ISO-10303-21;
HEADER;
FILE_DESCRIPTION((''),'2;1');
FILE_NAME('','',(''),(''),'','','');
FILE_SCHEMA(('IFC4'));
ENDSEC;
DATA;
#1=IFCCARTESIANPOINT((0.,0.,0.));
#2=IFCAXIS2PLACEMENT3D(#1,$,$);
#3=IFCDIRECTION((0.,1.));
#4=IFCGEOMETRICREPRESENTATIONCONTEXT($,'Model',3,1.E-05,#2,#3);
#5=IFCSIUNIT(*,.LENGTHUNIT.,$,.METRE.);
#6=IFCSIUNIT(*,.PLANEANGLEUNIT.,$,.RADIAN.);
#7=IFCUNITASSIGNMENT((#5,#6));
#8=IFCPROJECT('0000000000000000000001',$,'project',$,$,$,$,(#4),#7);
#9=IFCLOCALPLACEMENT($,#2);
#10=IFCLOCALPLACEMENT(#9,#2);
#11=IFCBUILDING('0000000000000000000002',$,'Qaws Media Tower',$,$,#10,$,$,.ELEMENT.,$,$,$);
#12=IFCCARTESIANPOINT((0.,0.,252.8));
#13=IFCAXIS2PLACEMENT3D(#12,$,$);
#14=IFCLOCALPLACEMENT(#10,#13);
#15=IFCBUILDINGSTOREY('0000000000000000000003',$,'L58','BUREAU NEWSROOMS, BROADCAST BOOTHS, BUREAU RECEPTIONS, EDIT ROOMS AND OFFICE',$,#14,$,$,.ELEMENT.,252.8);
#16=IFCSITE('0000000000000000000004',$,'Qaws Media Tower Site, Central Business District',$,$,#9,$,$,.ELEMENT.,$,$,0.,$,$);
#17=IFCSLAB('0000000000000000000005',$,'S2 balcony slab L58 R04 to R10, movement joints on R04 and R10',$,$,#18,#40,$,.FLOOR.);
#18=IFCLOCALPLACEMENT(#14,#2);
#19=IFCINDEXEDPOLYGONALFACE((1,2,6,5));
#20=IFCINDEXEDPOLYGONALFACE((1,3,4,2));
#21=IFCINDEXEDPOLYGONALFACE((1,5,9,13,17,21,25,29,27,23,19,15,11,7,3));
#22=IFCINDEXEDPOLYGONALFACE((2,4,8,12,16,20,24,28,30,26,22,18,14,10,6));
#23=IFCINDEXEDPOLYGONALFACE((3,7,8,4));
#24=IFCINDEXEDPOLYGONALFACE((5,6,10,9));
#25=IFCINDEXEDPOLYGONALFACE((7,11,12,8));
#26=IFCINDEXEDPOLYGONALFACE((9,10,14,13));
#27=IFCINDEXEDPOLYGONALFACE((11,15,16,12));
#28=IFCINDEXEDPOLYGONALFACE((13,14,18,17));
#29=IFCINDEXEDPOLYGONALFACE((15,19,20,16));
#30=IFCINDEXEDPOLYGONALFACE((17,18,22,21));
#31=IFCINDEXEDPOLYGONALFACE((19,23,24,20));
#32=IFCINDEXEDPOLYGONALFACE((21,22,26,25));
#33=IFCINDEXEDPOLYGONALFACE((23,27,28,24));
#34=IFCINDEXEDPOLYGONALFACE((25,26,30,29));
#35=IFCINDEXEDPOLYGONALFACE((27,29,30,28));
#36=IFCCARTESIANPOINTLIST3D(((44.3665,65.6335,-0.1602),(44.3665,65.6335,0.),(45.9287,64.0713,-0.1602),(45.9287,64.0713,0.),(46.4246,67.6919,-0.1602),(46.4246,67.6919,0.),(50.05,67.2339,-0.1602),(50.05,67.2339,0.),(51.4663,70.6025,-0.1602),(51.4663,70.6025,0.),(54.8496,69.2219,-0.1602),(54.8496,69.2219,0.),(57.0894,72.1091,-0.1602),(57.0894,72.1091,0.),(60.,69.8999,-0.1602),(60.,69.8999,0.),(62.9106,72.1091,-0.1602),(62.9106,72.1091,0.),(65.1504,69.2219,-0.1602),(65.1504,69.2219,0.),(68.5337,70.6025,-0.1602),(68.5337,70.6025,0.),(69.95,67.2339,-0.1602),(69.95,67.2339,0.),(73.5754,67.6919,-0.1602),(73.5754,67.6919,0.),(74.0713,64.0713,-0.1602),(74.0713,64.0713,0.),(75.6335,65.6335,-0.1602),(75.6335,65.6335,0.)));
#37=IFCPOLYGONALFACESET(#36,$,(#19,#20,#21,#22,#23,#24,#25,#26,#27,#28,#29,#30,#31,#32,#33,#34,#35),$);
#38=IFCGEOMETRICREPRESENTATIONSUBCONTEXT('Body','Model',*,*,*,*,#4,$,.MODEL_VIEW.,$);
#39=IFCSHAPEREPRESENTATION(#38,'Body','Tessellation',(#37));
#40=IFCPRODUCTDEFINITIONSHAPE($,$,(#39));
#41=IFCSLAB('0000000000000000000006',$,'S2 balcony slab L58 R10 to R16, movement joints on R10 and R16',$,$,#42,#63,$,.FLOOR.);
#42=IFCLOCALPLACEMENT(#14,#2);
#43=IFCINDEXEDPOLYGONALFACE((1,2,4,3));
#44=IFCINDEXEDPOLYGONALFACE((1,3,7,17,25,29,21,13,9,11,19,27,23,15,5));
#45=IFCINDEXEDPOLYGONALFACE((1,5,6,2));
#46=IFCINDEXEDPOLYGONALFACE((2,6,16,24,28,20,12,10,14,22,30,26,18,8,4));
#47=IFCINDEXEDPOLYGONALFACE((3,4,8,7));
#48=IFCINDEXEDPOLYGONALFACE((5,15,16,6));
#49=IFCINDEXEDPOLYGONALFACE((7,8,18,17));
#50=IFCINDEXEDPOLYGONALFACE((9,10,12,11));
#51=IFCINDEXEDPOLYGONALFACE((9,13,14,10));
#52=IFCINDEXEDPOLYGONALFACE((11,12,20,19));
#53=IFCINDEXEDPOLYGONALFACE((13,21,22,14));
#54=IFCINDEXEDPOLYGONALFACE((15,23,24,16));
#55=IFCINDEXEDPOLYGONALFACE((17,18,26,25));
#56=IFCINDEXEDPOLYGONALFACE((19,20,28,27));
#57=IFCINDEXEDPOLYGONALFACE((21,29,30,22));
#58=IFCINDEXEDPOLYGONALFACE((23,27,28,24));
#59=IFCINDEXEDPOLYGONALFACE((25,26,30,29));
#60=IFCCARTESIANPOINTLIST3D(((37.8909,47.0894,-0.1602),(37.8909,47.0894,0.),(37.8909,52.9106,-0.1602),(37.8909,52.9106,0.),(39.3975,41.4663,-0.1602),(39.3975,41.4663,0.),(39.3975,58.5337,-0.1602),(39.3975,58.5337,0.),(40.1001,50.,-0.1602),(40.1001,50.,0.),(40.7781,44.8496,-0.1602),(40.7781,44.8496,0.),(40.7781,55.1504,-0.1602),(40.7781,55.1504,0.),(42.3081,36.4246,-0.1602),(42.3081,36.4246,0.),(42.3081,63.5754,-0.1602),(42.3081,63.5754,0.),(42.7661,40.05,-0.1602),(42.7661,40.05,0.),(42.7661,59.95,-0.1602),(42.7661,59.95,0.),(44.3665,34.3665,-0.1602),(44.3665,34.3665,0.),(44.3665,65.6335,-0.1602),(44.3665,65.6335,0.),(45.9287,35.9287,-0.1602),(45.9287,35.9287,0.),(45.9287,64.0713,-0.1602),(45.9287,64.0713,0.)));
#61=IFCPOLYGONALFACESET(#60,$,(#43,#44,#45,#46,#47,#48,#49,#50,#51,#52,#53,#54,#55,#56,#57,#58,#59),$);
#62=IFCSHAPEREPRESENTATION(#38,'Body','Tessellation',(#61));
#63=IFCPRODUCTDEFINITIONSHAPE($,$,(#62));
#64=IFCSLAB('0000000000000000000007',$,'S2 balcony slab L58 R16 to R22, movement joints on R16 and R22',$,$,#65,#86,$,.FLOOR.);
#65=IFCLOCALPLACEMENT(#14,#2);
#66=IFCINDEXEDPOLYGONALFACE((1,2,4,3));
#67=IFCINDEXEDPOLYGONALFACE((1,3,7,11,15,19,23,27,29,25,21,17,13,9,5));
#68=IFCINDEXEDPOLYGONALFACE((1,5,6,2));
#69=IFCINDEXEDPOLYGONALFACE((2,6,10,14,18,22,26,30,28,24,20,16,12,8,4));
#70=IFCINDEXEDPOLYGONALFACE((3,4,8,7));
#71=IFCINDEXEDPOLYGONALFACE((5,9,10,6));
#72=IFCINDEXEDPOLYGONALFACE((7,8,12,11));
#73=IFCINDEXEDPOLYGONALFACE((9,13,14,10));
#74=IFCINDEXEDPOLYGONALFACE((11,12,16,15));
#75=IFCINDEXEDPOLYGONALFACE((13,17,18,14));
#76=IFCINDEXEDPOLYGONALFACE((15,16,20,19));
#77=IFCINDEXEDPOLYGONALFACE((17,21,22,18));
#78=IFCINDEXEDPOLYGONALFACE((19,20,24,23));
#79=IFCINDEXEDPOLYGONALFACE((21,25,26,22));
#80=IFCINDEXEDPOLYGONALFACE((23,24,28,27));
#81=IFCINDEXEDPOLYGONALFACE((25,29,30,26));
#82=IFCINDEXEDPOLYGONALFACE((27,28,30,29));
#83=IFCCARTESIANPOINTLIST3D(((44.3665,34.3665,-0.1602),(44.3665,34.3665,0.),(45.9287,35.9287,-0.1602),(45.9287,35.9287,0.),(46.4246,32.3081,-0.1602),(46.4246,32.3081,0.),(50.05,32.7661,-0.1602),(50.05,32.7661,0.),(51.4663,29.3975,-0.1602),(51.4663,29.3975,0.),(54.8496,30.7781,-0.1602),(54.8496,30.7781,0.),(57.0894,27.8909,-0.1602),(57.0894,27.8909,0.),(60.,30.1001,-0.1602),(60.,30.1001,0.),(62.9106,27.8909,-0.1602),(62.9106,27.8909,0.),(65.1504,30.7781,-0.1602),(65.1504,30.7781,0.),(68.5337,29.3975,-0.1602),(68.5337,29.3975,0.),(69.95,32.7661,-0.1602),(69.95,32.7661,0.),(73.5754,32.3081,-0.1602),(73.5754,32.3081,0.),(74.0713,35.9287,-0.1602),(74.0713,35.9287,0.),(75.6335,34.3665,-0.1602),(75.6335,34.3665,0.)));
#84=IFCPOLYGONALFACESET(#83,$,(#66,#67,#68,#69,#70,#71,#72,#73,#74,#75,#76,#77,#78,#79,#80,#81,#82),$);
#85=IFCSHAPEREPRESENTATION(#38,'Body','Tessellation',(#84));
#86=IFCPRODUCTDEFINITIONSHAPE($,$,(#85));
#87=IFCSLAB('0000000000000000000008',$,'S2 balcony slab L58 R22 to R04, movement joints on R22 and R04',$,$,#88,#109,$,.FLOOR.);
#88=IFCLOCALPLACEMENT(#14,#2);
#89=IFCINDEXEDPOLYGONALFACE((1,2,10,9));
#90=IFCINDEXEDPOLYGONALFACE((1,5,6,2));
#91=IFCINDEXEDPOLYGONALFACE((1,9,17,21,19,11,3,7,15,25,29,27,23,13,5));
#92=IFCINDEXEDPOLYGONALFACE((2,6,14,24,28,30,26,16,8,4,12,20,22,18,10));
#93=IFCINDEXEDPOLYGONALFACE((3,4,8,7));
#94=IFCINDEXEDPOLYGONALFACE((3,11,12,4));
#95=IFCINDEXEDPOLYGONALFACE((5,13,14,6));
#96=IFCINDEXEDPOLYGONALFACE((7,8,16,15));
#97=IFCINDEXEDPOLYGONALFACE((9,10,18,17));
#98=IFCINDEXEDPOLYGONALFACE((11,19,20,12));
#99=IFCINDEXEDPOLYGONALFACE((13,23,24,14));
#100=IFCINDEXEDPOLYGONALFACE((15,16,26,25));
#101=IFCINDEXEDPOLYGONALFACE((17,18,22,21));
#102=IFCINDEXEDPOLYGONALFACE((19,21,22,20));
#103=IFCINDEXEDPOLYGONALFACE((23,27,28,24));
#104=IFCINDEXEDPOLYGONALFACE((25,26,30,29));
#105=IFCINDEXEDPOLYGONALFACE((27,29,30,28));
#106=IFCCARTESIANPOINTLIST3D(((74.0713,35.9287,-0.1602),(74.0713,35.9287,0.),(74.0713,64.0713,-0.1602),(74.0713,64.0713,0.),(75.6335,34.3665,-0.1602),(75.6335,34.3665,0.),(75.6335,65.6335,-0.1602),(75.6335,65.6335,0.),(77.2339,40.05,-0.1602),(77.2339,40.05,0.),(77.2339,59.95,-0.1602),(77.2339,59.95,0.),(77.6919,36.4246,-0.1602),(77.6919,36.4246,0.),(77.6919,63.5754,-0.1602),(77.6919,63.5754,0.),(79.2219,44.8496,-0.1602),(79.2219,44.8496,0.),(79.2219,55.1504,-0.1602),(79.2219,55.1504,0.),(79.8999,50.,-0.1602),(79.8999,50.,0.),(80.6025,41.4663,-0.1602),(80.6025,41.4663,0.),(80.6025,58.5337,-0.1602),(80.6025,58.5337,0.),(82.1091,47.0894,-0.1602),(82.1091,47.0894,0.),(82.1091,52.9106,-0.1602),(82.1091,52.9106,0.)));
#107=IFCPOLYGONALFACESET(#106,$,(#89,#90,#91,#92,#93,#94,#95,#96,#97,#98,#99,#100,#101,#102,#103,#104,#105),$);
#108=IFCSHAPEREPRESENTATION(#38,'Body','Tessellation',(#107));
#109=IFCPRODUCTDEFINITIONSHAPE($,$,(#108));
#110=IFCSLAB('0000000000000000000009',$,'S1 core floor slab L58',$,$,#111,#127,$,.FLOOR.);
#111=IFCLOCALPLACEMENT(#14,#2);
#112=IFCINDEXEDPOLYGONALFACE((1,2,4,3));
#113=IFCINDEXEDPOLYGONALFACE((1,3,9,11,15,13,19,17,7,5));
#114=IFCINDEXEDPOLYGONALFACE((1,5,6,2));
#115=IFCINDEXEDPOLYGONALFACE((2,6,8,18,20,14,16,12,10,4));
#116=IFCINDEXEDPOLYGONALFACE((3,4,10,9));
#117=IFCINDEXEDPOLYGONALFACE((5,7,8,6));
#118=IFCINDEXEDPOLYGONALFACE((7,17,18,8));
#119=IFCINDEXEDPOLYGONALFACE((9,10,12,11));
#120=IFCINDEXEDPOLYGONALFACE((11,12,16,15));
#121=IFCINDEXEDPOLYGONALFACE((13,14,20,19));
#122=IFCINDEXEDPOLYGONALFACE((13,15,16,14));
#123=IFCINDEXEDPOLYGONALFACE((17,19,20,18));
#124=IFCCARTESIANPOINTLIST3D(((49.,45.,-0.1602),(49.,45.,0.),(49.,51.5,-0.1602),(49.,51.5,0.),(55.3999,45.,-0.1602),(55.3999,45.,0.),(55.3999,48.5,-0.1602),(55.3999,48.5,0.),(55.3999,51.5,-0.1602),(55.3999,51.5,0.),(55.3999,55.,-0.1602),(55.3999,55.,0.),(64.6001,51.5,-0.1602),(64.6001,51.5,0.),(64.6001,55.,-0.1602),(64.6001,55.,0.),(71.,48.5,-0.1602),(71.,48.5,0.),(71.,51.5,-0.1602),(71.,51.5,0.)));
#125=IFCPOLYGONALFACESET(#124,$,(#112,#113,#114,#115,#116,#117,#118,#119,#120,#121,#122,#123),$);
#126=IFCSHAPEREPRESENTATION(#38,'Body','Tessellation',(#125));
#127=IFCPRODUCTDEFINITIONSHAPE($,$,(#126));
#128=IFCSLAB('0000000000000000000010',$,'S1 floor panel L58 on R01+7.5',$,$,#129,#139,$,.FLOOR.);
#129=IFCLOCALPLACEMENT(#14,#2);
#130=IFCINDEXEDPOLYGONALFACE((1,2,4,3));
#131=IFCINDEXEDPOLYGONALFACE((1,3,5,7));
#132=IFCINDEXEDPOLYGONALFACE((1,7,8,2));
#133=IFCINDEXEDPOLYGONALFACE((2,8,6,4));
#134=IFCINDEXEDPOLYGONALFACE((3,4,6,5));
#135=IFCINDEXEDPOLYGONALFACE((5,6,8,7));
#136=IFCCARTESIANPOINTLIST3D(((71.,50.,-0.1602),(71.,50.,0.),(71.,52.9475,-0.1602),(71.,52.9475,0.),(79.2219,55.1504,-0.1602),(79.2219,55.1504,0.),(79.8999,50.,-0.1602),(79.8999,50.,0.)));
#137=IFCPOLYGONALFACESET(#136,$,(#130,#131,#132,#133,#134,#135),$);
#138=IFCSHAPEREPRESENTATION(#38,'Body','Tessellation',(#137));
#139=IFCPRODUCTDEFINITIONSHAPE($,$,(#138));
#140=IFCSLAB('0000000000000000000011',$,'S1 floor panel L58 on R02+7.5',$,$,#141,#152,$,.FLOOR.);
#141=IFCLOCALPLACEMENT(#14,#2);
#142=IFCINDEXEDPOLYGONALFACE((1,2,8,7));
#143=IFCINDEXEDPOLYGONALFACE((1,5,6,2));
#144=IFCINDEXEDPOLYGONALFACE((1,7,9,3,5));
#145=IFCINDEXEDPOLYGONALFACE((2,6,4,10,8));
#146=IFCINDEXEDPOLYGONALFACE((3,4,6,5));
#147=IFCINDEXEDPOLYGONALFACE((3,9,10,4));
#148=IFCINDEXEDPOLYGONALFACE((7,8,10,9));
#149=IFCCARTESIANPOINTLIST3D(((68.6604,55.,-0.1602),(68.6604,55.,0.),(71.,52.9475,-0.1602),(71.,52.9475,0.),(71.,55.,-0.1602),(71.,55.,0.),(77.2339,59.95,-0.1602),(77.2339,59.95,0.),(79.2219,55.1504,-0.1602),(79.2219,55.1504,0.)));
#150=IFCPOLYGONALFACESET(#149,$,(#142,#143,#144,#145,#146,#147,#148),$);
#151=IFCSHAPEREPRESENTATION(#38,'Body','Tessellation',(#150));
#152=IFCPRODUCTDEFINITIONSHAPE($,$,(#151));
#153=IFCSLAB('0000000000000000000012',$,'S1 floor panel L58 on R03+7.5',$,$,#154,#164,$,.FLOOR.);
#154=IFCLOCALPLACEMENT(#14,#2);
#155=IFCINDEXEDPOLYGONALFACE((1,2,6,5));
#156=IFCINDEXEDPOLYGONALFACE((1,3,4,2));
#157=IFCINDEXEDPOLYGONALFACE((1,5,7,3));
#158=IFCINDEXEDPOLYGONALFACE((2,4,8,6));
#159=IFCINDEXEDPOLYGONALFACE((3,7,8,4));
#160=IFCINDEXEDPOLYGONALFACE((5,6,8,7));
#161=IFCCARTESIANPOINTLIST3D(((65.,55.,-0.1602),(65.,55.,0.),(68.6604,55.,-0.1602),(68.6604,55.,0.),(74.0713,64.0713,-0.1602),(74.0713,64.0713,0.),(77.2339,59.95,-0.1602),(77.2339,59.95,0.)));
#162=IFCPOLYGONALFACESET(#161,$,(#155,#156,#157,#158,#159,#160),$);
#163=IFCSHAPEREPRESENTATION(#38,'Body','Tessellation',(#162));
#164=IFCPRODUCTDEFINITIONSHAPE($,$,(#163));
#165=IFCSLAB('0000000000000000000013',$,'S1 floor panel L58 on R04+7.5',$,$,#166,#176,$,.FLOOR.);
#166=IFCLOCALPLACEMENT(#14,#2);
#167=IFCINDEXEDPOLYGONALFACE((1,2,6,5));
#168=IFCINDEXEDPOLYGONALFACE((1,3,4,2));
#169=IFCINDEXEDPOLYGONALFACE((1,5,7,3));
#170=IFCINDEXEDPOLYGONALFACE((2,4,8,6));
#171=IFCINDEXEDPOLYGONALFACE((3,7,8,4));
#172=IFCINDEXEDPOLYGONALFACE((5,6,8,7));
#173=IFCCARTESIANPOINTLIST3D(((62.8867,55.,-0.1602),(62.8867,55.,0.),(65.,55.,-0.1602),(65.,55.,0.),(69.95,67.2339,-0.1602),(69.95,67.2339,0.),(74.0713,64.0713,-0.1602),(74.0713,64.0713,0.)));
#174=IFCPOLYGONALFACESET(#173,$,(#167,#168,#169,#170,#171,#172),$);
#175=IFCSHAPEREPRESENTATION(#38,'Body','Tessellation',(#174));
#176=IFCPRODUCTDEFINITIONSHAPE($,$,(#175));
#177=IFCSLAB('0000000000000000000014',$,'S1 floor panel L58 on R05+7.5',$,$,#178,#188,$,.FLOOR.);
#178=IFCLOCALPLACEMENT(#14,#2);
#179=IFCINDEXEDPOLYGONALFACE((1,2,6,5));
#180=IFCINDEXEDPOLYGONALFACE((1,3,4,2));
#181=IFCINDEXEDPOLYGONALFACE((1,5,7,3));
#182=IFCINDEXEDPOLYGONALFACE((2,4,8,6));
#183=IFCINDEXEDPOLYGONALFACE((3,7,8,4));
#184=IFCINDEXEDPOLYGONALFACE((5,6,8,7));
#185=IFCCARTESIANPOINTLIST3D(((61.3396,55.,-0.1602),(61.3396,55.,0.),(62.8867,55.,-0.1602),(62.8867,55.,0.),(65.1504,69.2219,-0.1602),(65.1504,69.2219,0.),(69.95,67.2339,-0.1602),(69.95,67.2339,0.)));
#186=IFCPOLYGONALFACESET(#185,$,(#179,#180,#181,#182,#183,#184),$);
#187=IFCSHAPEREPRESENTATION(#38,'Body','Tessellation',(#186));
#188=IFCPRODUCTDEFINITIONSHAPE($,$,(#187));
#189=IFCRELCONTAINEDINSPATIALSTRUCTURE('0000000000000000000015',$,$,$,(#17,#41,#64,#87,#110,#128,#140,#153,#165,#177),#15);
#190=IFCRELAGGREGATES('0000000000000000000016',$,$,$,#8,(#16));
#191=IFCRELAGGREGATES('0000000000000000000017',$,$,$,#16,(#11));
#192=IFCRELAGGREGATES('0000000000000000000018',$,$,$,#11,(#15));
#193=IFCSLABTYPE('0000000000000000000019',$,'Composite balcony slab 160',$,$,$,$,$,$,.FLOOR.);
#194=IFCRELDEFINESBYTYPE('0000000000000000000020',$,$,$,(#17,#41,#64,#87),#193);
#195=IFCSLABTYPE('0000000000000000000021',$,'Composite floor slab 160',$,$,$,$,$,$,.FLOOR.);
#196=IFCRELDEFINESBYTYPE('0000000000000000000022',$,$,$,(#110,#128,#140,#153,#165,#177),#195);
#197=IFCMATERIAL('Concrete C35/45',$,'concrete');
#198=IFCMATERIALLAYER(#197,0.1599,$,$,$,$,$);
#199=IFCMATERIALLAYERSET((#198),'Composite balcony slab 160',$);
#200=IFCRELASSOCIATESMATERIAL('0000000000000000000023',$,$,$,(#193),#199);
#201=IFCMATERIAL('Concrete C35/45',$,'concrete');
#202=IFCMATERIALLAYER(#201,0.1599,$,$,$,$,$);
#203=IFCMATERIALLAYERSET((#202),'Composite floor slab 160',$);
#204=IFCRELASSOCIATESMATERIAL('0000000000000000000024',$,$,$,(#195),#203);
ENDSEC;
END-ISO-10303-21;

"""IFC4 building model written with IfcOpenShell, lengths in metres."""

from ifc_helpers import new_model, si_unit, direction, frame, origin, place, context, subcontext, project, spatial, polyline, outline, extrude, material, layer, layer_set, type_object, element, save


model = new_model("IFC4")

# Units and contexts
model_context = context("Model", 3, precision=1e-05, world=origin(), true_north=direction((0.0, 1.0)))
body_context = subcontext(model_context, "Body", "Model", "MODEL_VIEW")
ifc_project = project(units=[si_unit("LENGTHUNIT", "METRE"), si_unit("PLANEANGLEUNIT", "RADIAN")], contexts=[model_context])

# Site, building, storey
site_placement = place(None, origin())
site = spatial("IfcSite", under=ifc_project, at=site_placement, Name="Qaws Media Tower Site, Central Business District", CompositionType="ELEMENT", RefElevation=0.0)
building_placement = place(site_placement, origin())
building = spatial("IfcBuilding", under=site, at=building_placement, Name="Qaws Media Tower", CompositionType="ELEMENT")
storey_placement = place(building_placement, frame((0.0, 0.0, 252.8)))
storey = spatial("IfcBuildingStorey", under=building, at=storey_placement, Name="L58", Description="BUREAU NEWSROOMS, BROADCAST BOOTHS, BUREAU RECEPTIONS, EDIT ROOMS AND OFFICE", CompositionType="ELEMENT", Elevation=252.8)

# Slabs
ifc_material_1 = material(Name="Concrete C35/45", Category="concrete")
ifc_layer_1 = layer(ifc_material_1, 0.1599)
ifc_layer_set_1 = layer_set([ifc_layer_1], Name="Composite balcony slab 160")
slab_type_1 = type_object("IfcSlabType", Name="Composite balcony slab 160", PredefinedType="FLOOR", material=ifc_layer_set_1)
slab_1_placement = place(storey_placement, frame((0.0, 0.0, -0.1602)))
element("IfcSlab", 1, at=slab_1_placement, inside=storey, type_object=slab_type_1, Name="S2 balcony slab L58 R04 to R10, movement joints on R04 and R10", PredefinedType="FLOOR", context=body_context, shape_type="SweptSolid", body=[
    extrude(outline(polyline([(46.4246, 67.6919), (51.4663, 70.6025), (57.0894, 72.1091), (62.9106, 72.1091), (68.5337, 70.6025), (73.5754, 67.6919), (75.6335, 65.6335), (74.0713, 64.0713), (69.95, 67.2339), (65.1504, 69.2219), (60.0, 69.8999), (54.8496, 69.2219), (50.05, 67.2339), (45.9287, 64.0713), (44.3665, 65.6335), (46.4246, 67.6919)])), origin(), (0.0, 0.0, 1.0), 0.1602),
])
slab_2_placement = place(storey_placement, frame((0.0, 0.0, -0.1602)))
element("IfcSlab", 2, at=slab_2_placement, inside=storey, type_object=slab_type_1, Name="S2 balcony slab L58 R10 to R16, movement joints on R10 and R16", PredefinedType="FLOOR", context=body_context, shape_type="SweptSolid", body=[
    extrude(outline(polyline([(42.3081, 36.4246), (39.3975, 41.4663), (37.8909, 47.0894), (37.8909, 52.9106), (39.3975, 58.5337), (42.3081, 63.5754), (44.3665, 65.6335), (45.9287, 64.0713), (42.7661, 59.95), (40.7781, 55.1504), (40.1001, 50.0), (40.7781, 44.8496), (42.7661, 40.05), (45.9287, 35.9287), (44.3665, 34.3665), (42.3081, 36.4246)])), origin(), (0.0, 0.0, 1.0), 0.1602),
])
slab_3_placement = place(storey_placement, frame((0.0, 0.0, -0.1602)))
element("IfcSlab", 3, at=slab_3_placement, inside=storey, type_object=slab_type_1, Name="S2 balcony slab L58 R16 to R22, movement joints on R16 and R22", PredefinedType="FLOOR", context=body_context, shape_type="SweptSolid", body=[
    extrude(outline(polyline([(73.5754, 32.3081), (68.5337, 29.3975), (62.9106, 27.8909), (57.0894, 27.8909), (51.4663, 29.3975), (46.4246, 32.3081), (44.3665, 34.3665), (45.9287, 35.9287), (50.05, 32.7661), (54.8496, 30.7781), (60.0, 30.1001), (65.1504, 30.7781), (69.95, 32.7661), (74.0713, 35.9287), (75.6335, 34.3665), (73.5754, 32.3081)])), origin(), (0.0, 0.0, 1.0), 0.1602),
])
slab_4_placement = place(storey_placement, frame((0.0, 0.0, -0.1602)))
element("IfcSlab", 4, at=slab_4_placement, inside=storey, type_object=slab_type_1, Name="S2 balcony slab L58 R22 to R04, movement joints on R22 and R04", PredefinedType="FLOOR", context=body_context, shape_type="SweptSolid", body=[
    extrude(outline(polyline([(80.6025, 41.4663), (77.6919, 36.4246), (75.6335, 34.3665), (74.0713, 35.9287), (77.2339, 40.05), (79.2219, 44.8496), (79.8999, 50.0), (79.2219, 55.1504), (77.2339, 59.95), (74.0713, 64.0713), (75.6335, 65.6335), (77.6919, 63.5754), (80.6025, 58.5337), (82.1091, 52.9106), (82.1091, 47.0894), (80.6025, 41.4663)])), origin(), (0.0, 0.0, 1.0), 0.1602),
])
ifc_material_2 = material(Name="Concrete C35/45", Category="concrete")
ifc_layer_2 = layer(ifc_material_2, 0.1599)
ifc_layer_set_2 = layer_set([ifc_layer_2], Name="Composite floor slab 160")
slab_type_2 = type_object("IfcSlabType", Name="Composite floor slab 160", PredefinedType="FLOOR", material=ifc_layer_set_2)
slab_5_placement = place(storey_placement, frame((0.0, 0.0, -0.1602)))
element("IfcSlab", 5, at=slab_5_placement, inside=storey, type_object=slab_type_2, Name="S1 core floor slab L58", PredefinedType="FLOOR", context=body_context, shape_type="SweptSolid", body=[
    extrude(outline(polyline([(71.0, 51.5), (71.0, 48.5), (55.3999, 48.5), (55.3999, 45.0), (49.0, 45.0), (49.0, 51.5), (55.3999, 51.5), (55.3999, 55.0), (64.6001, 55.0), (64.6001, 51.5), (71.0, 51.5)])), origin(), (0.0, 0.0, 1.0), 0.1602),
])
slab_6_placement = place(storey_placement, frame((0.0, 0.0, -0.1602)))
element("IfcSlab", 6, at=slab_6_placement, inside=storey, type_object=slab_type_2, Name="S1 floor panel L58 on R01+7.5", PredefinedType="FLOOR", context=body_context, shape_type="SweptSolid", body=[
    extrude(outline(polyline([(79.2219, 55.1504), (79.8999, 50.0), (71.0, 50.0), (71.0, 52.9475), (79.2219, 55.1504)])), origin(), (0.0, 0.0, 1.0), 0.1602),
])
slab_7_placement = place(storey_placement, frame((0.0, 0.0, -0.1602)))
element("IfcSlab", 7, at=slab_7_placement, inside=storey, type_object=slab_type_2, Name="S1 floor panel L58 on R02+7.5", PredefinedType="FLOOR", context=body_context, shape_type="SweptSolid", body=[
    extrude(outline(polyline([(77.2339, 59.95), (79.2219, 55.1504), (71.0, 52.9475), (71.0, 55.0), (68.6604, 55.0), (77.2339, 59.95)])), origin(), (0.0, 0.0, 1.0), 0.1602),
])
slab_8_placement = place(storey_placement, frame((0.0, 0.0, -0.1602)))
element("IfcSlab", 8, at=slab_8_placement, inside=storey, type_object=slab_type_2, Name="S1 floor panel L58 on R03+7.5", PredefinedType="FLOOR", context=body_context, shape_type="SweptSolid", body=[
    extrude(outline(polyline([(77.2339, 59.95), (68.6604, 55.0), (65.0, 55.0), (74.0713, 64.0713), (77.2339, 59.95)])), origin(), (0.0, 0.0, 1.0), 0.1602),
])
slab_9_placement = place(storey_placement, frame((0.0, 0.0, -0.1602)))
element("IfcSlab", 9, at=slab_9_placement, inside=storey, type_object=slab_type_2, Name="S1 floor panel L58 on R04+7.5", PredefinedType="FLOOR", context=body_context, shape_type="SweptSolid", body=[
    extrude(outline(polyline([(74.0713, 64.0713), (65.0, 55.0), (62.8867, 55.0), (69.95, 67.2339), (74.0713, 64.0713)])), origin(), (0.0, 0.0, 1.0), 0.1602),
])
slab_10_placement = place(storey_placement, frame((0.0, 0.0, -0.1602)))
element("IfcSlab", 10, at=slab_10_placement, inside=storey, type_object=slab_type_2, Name="S1 floor panel L58 on R05+7.5", PredefinedType="FLOOR", context=body_context, shape_type="SweptSolid", body=[
    extrude(outline(polyline([(69.95, 67.2339), (62.8867, 55.0), (61.3396, 55.0), (65.1504, 69.2219), (69.95, 67.2339)])), origin(), (0.0, 0.0, 1.0), 0.1602),
])

save(model, "model.ifc")
